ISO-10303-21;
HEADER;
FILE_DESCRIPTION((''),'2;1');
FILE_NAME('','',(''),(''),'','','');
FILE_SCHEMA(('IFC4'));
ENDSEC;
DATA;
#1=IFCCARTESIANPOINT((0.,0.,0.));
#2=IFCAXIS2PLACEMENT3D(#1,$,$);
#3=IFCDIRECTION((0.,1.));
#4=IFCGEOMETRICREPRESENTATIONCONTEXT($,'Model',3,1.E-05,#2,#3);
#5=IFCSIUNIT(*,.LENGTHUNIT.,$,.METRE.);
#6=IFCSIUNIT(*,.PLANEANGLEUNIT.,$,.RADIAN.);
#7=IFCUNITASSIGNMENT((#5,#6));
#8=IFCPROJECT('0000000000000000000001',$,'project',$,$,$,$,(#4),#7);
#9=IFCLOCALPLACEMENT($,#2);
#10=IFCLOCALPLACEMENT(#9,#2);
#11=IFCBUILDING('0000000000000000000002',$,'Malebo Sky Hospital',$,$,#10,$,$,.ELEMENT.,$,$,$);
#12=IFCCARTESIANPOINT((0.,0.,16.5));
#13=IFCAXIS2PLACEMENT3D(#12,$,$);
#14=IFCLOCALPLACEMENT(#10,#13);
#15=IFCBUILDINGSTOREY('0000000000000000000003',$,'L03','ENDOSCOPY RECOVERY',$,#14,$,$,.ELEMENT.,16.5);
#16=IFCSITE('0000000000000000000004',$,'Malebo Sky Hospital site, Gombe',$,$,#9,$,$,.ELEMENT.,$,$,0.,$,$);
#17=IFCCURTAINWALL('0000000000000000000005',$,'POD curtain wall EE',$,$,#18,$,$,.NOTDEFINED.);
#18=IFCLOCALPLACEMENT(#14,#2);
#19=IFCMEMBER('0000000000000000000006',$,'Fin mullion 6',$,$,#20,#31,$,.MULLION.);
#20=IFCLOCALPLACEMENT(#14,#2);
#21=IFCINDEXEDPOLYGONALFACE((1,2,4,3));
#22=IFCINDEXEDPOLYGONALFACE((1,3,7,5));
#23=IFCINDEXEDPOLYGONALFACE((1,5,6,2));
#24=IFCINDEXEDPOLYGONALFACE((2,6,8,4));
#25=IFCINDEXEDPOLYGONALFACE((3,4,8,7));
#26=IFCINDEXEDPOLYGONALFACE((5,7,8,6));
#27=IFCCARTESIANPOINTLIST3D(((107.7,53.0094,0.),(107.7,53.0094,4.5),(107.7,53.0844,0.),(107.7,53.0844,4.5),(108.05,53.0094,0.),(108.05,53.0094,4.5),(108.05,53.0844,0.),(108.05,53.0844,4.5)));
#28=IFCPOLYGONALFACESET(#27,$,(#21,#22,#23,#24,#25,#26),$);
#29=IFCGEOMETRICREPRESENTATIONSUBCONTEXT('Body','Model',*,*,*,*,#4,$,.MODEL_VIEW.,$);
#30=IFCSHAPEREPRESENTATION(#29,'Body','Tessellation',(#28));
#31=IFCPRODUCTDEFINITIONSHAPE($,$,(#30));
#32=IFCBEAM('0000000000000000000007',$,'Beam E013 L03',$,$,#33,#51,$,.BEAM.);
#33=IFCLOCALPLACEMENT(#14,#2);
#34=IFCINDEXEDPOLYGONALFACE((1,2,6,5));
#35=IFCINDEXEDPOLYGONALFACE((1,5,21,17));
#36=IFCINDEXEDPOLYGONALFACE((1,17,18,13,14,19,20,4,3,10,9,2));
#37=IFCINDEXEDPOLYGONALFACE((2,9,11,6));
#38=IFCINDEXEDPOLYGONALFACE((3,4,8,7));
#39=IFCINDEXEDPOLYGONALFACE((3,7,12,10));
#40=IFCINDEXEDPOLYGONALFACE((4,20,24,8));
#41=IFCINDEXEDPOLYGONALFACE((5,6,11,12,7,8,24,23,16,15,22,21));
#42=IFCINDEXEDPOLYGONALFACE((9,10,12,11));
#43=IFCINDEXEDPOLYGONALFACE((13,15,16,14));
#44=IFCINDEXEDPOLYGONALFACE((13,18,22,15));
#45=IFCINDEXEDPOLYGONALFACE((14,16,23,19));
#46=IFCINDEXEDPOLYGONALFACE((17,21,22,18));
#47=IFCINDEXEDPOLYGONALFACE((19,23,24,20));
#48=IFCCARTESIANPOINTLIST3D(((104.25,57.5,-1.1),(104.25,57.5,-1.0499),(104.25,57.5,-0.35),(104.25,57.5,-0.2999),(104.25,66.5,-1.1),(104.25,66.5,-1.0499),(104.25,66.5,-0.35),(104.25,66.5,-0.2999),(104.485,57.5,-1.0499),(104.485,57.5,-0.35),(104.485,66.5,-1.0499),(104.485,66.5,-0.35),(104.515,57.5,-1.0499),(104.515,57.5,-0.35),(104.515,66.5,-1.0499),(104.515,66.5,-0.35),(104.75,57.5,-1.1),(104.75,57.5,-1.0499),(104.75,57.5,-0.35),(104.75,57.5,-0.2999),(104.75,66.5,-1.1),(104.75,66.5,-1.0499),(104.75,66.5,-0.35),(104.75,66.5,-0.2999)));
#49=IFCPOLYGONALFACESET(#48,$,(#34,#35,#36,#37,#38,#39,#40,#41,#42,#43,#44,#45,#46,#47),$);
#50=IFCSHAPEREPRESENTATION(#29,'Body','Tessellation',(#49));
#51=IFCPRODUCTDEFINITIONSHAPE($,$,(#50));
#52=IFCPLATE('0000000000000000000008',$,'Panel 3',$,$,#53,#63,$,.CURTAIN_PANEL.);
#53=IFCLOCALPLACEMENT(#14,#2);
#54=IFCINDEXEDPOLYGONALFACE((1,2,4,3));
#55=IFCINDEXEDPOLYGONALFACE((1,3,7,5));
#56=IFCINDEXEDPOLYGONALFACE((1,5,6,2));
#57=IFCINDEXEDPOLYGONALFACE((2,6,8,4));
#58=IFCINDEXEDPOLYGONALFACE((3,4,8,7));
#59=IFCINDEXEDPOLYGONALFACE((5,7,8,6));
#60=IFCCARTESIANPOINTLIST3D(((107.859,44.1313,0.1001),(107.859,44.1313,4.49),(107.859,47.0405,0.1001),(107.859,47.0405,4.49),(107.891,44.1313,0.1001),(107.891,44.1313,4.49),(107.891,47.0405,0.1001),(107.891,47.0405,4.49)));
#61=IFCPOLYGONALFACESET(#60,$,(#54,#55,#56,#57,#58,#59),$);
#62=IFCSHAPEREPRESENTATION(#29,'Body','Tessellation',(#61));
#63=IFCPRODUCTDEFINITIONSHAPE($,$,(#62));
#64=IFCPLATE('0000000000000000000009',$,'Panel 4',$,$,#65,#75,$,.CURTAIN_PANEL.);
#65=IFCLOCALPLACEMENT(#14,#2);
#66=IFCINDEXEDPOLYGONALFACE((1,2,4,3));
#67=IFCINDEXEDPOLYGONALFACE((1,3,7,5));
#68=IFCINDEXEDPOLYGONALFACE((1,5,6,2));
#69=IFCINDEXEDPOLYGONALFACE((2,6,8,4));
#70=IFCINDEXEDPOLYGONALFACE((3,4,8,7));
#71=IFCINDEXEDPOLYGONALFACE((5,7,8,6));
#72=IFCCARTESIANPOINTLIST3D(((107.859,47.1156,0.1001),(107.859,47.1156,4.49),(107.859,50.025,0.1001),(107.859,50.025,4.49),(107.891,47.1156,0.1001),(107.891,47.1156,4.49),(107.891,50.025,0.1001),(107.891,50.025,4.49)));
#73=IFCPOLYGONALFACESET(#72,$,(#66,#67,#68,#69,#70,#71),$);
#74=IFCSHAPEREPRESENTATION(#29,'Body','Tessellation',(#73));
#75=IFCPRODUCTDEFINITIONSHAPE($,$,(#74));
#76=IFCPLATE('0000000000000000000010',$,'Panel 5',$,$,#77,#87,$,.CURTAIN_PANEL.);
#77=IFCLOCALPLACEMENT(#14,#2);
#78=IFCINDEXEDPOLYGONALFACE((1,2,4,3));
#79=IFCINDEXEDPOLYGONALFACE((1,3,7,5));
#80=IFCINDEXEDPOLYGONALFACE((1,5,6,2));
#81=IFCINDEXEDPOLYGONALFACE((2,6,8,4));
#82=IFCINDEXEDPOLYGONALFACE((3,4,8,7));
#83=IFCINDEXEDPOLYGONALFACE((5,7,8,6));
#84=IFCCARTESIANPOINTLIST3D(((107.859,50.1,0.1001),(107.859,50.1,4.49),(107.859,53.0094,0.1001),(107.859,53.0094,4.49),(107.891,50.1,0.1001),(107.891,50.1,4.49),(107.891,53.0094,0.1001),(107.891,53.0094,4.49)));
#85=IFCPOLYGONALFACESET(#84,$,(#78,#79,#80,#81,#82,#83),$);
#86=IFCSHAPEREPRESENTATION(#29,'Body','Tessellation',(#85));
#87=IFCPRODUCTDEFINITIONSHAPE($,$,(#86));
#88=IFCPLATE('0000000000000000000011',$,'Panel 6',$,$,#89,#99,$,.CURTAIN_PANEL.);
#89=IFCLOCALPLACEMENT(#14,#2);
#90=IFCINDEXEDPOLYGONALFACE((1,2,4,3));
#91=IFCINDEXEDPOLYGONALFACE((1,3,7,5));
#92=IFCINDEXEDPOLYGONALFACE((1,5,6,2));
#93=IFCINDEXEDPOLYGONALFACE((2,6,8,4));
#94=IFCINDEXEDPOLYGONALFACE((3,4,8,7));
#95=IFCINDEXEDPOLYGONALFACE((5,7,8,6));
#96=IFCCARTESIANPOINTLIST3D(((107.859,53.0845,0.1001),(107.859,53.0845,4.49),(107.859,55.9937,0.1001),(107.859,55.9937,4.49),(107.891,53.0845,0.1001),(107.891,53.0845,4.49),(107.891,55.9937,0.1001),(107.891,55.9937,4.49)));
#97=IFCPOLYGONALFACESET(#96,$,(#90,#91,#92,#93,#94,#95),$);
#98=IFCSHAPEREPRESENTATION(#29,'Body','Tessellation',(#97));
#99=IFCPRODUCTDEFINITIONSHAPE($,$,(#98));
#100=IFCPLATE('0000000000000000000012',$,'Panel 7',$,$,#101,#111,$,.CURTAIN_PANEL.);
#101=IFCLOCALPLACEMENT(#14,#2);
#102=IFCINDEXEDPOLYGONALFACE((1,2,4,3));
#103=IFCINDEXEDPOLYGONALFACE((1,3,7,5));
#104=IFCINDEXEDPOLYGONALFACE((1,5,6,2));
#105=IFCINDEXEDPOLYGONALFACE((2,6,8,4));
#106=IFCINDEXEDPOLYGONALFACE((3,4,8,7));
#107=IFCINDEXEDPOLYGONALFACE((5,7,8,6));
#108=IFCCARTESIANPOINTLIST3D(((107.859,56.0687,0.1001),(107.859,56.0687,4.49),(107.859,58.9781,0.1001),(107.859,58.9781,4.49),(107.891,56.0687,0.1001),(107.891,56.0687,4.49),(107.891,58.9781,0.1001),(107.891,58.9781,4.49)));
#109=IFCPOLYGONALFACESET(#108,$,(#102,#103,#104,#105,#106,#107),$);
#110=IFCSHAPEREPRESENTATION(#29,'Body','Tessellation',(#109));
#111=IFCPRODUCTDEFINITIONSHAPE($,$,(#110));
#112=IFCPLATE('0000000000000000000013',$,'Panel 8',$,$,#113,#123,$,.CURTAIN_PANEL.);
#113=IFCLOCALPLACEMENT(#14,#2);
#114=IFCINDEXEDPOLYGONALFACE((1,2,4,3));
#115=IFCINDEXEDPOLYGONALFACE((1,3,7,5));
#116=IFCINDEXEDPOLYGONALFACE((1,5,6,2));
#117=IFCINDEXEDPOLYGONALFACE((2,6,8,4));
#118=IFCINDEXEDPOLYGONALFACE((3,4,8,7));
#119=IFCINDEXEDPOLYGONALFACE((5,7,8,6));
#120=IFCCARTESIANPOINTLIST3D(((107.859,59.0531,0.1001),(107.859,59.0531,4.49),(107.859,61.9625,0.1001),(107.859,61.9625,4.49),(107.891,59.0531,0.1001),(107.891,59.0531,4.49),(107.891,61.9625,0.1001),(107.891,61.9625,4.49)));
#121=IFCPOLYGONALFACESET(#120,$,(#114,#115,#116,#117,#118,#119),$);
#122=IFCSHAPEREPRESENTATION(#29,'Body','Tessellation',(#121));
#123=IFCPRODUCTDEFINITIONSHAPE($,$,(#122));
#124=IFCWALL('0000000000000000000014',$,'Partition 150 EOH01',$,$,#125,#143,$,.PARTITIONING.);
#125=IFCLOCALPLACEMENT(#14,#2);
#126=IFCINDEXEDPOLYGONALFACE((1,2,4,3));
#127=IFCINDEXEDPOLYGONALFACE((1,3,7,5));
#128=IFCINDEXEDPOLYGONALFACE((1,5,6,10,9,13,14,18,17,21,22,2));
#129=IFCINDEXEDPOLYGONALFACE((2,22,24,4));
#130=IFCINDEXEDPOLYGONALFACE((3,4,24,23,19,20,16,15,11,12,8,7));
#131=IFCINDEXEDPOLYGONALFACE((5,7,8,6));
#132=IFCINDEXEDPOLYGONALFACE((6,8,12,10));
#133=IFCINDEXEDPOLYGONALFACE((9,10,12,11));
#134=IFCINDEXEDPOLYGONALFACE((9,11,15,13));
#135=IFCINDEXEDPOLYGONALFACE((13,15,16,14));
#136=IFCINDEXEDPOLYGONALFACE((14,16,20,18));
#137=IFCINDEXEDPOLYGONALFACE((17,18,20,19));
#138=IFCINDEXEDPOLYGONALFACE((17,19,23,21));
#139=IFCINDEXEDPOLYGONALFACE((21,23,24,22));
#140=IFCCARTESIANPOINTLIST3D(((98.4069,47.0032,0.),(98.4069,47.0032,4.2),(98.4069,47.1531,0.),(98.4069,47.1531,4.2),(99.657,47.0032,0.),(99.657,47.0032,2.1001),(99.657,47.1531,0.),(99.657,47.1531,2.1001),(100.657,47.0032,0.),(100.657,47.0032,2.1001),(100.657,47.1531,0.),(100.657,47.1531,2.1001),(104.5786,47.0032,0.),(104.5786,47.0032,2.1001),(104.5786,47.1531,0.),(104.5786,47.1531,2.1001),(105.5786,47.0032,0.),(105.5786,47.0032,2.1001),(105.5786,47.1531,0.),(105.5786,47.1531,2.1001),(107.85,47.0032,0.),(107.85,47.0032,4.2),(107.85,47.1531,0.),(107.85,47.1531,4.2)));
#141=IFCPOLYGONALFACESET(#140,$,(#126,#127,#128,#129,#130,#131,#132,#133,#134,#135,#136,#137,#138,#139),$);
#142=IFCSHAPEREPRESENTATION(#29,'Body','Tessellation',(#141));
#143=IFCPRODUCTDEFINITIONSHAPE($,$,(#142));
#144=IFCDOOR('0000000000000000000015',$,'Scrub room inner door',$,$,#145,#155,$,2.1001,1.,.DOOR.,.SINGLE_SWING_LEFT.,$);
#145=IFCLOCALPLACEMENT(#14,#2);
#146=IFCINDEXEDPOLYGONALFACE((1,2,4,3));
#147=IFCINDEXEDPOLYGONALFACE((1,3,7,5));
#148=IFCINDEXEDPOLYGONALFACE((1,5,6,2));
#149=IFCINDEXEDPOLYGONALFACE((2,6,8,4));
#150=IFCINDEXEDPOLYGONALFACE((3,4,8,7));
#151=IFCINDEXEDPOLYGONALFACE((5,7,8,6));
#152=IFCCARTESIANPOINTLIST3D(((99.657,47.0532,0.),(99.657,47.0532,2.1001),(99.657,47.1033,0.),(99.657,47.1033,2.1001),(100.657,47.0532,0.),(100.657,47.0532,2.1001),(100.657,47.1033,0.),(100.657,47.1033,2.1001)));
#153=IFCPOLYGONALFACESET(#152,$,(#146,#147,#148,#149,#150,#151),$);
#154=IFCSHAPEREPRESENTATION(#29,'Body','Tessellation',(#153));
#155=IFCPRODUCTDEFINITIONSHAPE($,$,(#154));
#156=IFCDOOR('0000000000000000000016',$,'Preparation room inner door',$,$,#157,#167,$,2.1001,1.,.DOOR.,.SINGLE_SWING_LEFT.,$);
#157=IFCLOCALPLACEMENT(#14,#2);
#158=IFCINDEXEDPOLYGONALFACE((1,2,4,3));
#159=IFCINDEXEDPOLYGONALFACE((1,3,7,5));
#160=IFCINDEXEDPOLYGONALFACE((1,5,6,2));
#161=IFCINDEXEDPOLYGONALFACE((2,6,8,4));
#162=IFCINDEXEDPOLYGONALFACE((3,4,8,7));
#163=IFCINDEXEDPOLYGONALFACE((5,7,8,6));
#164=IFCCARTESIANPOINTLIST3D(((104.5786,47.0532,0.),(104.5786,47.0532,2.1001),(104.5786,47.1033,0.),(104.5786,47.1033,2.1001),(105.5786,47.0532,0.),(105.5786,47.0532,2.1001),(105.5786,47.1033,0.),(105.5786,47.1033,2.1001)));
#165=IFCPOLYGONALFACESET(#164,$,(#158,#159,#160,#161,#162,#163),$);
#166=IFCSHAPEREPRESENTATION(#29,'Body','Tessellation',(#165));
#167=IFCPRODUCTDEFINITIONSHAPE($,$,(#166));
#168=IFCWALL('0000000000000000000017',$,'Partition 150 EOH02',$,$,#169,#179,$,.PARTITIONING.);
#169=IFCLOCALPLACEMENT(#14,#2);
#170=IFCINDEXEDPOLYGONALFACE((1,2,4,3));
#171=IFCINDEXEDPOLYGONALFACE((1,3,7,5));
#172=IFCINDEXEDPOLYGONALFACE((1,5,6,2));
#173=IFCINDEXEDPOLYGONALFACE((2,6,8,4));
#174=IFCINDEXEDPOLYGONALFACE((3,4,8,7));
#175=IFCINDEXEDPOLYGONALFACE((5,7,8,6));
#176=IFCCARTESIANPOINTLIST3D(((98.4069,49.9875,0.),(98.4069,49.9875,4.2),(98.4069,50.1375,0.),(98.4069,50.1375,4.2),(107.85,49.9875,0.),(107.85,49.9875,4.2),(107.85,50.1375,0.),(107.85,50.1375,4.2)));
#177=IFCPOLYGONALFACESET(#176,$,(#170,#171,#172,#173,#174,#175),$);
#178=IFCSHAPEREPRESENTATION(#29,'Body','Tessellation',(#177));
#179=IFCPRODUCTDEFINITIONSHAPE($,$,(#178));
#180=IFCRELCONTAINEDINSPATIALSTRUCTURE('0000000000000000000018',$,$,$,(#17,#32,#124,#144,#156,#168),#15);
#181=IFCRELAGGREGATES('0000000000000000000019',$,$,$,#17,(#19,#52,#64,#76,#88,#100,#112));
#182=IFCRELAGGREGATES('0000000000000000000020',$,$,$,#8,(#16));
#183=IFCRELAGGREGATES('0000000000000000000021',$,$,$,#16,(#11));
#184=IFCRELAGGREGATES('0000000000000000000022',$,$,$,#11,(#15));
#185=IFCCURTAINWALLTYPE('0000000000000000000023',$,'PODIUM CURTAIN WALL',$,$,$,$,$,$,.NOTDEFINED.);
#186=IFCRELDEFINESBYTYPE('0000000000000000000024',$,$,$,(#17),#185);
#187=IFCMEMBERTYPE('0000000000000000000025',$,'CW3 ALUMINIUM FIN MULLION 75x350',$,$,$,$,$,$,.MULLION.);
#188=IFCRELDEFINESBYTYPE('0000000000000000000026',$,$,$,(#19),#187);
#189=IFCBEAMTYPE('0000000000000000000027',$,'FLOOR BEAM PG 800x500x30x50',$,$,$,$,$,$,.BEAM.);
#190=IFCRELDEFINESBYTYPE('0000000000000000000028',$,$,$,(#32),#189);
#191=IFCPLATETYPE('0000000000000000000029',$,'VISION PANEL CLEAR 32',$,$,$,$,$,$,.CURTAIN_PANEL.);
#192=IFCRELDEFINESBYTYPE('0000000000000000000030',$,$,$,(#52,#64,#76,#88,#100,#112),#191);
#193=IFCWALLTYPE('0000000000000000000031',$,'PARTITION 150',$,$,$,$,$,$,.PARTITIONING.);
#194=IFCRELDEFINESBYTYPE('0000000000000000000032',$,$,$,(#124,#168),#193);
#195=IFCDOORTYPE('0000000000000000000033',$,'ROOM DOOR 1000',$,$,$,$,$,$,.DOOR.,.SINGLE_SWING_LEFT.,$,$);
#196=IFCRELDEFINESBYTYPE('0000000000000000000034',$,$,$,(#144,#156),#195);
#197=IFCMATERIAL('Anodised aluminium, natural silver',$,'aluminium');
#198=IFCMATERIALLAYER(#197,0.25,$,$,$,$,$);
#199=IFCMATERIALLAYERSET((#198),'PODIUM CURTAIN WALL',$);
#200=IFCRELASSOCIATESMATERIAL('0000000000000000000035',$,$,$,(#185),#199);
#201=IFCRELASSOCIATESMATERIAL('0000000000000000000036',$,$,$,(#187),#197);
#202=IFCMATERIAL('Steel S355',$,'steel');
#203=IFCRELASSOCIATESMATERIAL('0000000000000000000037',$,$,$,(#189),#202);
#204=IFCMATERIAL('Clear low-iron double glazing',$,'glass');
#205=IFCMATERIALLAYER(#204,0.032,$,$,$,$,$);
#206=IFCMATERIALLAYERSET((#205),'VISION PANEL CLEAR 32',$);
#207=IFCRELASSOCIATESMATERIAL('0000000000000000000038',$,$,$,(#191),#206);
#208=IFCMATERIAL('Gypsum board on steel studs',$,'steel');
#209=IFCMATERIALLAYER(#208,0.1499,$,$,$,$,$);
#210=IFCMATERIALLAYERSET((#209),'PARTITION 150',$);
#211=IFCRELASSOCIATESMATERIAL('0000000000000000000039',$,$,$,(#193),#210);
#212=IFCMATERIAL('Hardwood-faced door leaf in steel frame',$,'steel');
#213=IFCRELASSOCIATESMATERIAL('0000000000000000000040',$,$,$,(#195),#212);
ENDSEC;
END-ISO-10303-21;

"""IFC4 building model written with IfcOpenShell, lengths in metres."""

from ifc_helpers import new_model, si_unit, direction, frame, frame_2d, origin, origin_2d, place, context, subcontext, project, spatial, rectangle, i_section, extrude, material, layer, layer_set, material_profile, profile_set, type_object, element, fill, aggregate, save


model = new_model("IFC4")

# Units and contexts
model_context = context("Model", 3, precision=1e-05, world=origin(), true_north=direction((0.0, 1.0)))
body_context = subcontext(model_context, "Body", "Model", "MODEL_VIEW")
ifc_project = project(units=[si_unit("LENGTHUNIT", "METRE"), si_unit("PLANEANGLEUNIT", "RADIAN")], contexts=[model_context])

# Site, building, storey
site_placement = place(None, origin())
site = spatial("IfcSite", under=ifc_project, at=site_placement, Name="Malebo Sky Hospital site, Gombe", CompositionType="ELEMENT", RefElevation=0.0)
building_placement = place(site_placement, origin())
building = spatial("IfcBuilding", under=site, at=building_placement, Name="Malebo Sky Hospital", CompositionType="ELEMENT")
storey_placement = place(building_placement, frame((0.0, 0.0, 16.5)))
storey = spatial("IfcBuildingStorey", under=building, at=storey_placement, Name="L03", Description="ENDOSCOPY RECOVERY", CompositionType="ELEMENT", Elevation=16.5)

# Shared definitions
ifc_material_1 = material(Name="Steel S355", Category="steel")

# Curtain wall, member
ifc_material_2 = material(Name="Anodised aluminium, natural silver", Category="aluminium")
ifc_layer_1 = layer(ifc_material_2, 0.25)
ifc_layer_set_1 = layer_set([ifc_layer_1], Name="PODIUM CURTAIN WALL")
curtain_wall_type = type_object("IfcCurtainWallType", Name="PODIUM CURTAIN WALL", PredefinedType="NOTDEFINED", material=ifc_layer_set_1)
curtain_wall_placement = place(storey_placement, origin())
curtain_wall = element("IfcCurtainWall", 1, at=curtain_wall_placement, inside=storey, type_object=curtain_wall_type, Name="POD curtain wall EE", PredefinedType="NOTDEFINED")
ifc_material_profile_1 = material_profile(ifc_material_2, rectangle(XDim=0.075, YDim=0.3501, at=origin_2d()), Name="CW3 ALUMINIUM FIN MULLION 75x350")
ifc_profile_set_1 = profile_set([ifc_material_profile_1], Name="Anodised aluminium, natural silver")
member_type_1 = type_object("IfcMemberType", Name="CW3 ALUMINIUM FIN MULLION 75x350", PredefinedType="MULLION", material=ifc_profile_set_1)
member_1_placement = place(storey_placement, frame((107.875, 53.0469, 0.0), z_axis=(0.0, 0.0, 1.0), x_axis=(0.0, 1.0, 0.0)))
member_1 = element("IfcMember", 2, at=member_1_placement, type_object=member_type_1, Name="Fin mullion 6", PredefinedType="MULLION", context=body_context, shape_type="SweptSolid", body=[
    extrude(rectangle(XDim=0.075, YDim=0.3501, at=origin_2d()), origin(), (0.0, 0.0, 1.0), 4.5),
])

# Beam
ifc_material_profile_2 = material_profile(ifc_material_1, i_section(OverallWidth=0.5, OverallDepth=0.8, WebThickness=0.03, FlangeThickness=0.05, at=origin_2d()), Name="PG 800x500x30x50")
ifc_profile_set_2 = profile_set([ifc_material_profile_2], Name="Steel S355")
beam_type = type_object("IfcBeamType", Name="FLOOR BEAM PG 800x500x30x50", PredefinedType="BEAM", material=ifc_profile_set_2)
beam_placement = place(storey_placement, frame((104.5, 57.5, -0.7), z_axis=(0.0, 1.0, 0.0), x_axis=(-1.0, 0.0, 0.0)))
element("IfcBeam", 3, at=beam_placement, inside=storey, type_object=beam_type, Name="Beam E013 L03", PredefinedType="BEAM", context=body_context, shape_type="SweptSolid", body=[
    extrude(i_section(OverallWidth=0.5, OverallDepth=0.8, WebThickness=0.03, FlangeThickness=0.05, at=origin_2d()), origin(), (0.0, 0.0, 1.0), 9.0),
])

# Plates
ifc_material_3 = material(Name="Clear low-iron double glazing", Category="glass")
ifc_layer_2 = layer(ifc_material_3, 0.032)
ifc_layer_set_2 = layer_set([ifc_layer_2], Name="VISION PANEL CLEAR 32")
plate_type = type_object("IfcPlateType", Name="VISION PANEL CLEAR 32", PredefinedType="CURTAIN_PANEL", material=ifc_layer_set_2)
plate_1_placement = place(storey_placement, frame((107.875, 45.5859, 0.1001), z_axis=(0.0, 0.0, 1.0), x_axis=(0.0, 1.0, 0.0)))
plate_1 = element("IfcPlate", 4, at=plate_1_placement, type_object=plate_type, Name="Panel 3", PredefinedType="CURTAIN_PANEL", context=body_context, shape_type="SweptSolid", body=[
    extrude(rectangle(XDim=2.9092, YDim=0.032, at=origin_2d()), origin(), (0.0, 0.0, 1.0), 4.3899),
])
plate_2_placement = place(storey_placement, frame((107.875, 48.5703, 0.1001), z_axis=(0.0, 0.0, 1.0), x_axis=(0.0, 1.0, 0.0)))
plate_2 = element("IfcPlate", 5, at=plate_2_placement, type_object=plate_type, Name="Panel 4", PredefinedType="CURTAIN_PANEL", context=body_context, shape_type="SweptSolid", body=[
    extrude(rectangle(XDim=2.9094, YDim=0.032, at=origin_2d()), origin(), (0.0, 0.0, 1.0), 4.3899),
])
plate_3_placement = place(storey_placement, frame((107.875, 51.5547, 0.1001), z_axis=(0.0, 0.0, 1.0), x_axis=(0.0, 1.0, 0.0)))
plate_3 = element("IfcPlate", 6, at=plate_3_placement, type_object=plate_type, Name="Panel 5", PredefinedType="CURTAIN_PANEL", context=body_context, shape_type="SweptSolid", body=[
    extrude(rectangle(XDim=2.9094, YDim=0.032, at=origin_2d()), origin(), (0.0, 0.0, 1.0), 4.3899),
])
plate_4_placement = place(storey_placement, frame((107.875, 54.5391, 0.1001), z_axis=(0.0, 0.0, 1.0), x_axis=(0.0, 1.0, 0.0)))
plate_4 = element("IfcPlate", 7, at=plate_4_placement, type_object=plate_type, Name="Panel 6", PredefinedType="CURTAIN_PANEL", context=body_context, shape_type="SweptSolid", body=[
    extrude(rectangle(XDim=2.9092, YDim=0.032, at=origin_2d()), origin(), (0.0, 0.0, 1.0), 4.3899),
])
plate_5_placement = place(storey_placement, frame((107.875, 57.5234, 0.1001), z_axis=(0.0, 0.0, 1.0), x_axis=(0.0, 1.0, 0.0)))
plate_5 = element("IfcPlate", 8, at=plate_5_placement, type_object=plate_type, Name="Panel 7", PredefinedType="CURTAIN_PANEL", context=body_context, shape_type="SweptSolid", body=[
    extrude(rectangle(XDim=2.9094, YDim=0.032, at=origin_2d()), origin(), (0.0, 0.0, 1.0), 4.3899),
])
plate_6_placement = place(storey_placement, frame((107.875, 60.5078, 0.1001), z_axis=(0.0, 0.0, 1.0), x_axis=(0.0, 1.0, 0.0)))
plate_6 = element("IfcPlate", 9, at=plate_6_placement, type_object=plate_type, Name="Panel 8", PredefinedType="CURTAIN_PANEL", context=body_context, shape_type="SweptSolid", body=[
    extrude(rectangle(XDim=2.9094, YDim=0.032, at=origin_2d()), origin(), (0.0, 0.0, 1.0), 4.3899),
])
aggregate(curtain_wall, [member_1, plate_1, plate_2, plate_3, plate_4, plate_5, plate_6])

# Wall, openings, doors
ifc_material_4 = material(Name="Gypsum board on steel studs", Category="steel")
ifc_layer_3 = layer(ifc_material_4, 0.1499)
ifc_layer_set_3 = layer_set([ifc_layer_3], Name="PARTITION 150")
wall_type_1 = type_object("IfcWallType", Name="PARTITION 150", PredefinedType="PARTITIONING", material=ifc_layer_set_3)
wall_1_placement = place(storey_placement, frame((107.8501, 47.0781, 0.0), z_axis=(0.0, 0.0, 1.0), x_axis=(-1.0, 0.0, 0.0)))
wall_1 = element("IfcWall", 10, at=wall_1_placement, inside=storey, type_object=wall_type_1, Name="Partition 150 EOH01", PredefinedType="PARTITIONING", context=body_context, shape_type="SweptSolid", body=[
    extrude(rectangle(XDim=9.4431, YDim=0.1499, at=frame_2d((4.7217, 0.0))), origin(), (0.0, 0.0, 1.0), 4.2),
])
opening_1_placement = place(wall_1_placement, frame((7.1931, 0.0, 0.0)))
opening_1 = element("IfcOpeningElement", 11, at=opening_1_placement, cuts=wall_1, PredefinedType="OPENING", context=body_context, shape_type="SweptSolid", body=[
    extrude(rectangle(XDim=1.0, YDim=2.1001, at=frame_2d((0.5, 1.05))), frame((0.0, 0.085, 0.0), z_axis=(0.0, -1.0, 0.0), x_axis=(1.0, 0.0, 0.0)), (0.0, 0.0, 1.0), 0.1699),
])
opening_2_placement = place(wall_1_placement, frame((2.2715, 0.0, 0.0)))
opening_2 = element("IfcOpeningElement", 12, at=opening_2_placement, cuts=wall_1, PredefinedType="OPENING", context=body_context, shape_type="SweptSolid", body=[
    extrude(rectangle(XDim=1.0, YDim=2.1001, at=frame_2d((0.5, 1.05))), frame((0.0, 0.085, 0.0), z_axis=(0.0, -1.0, 0.0), x_axis=(1.0, 0.0, 0.0)), (0.0, 0.0, 1.0), 0.1699),
])
ifc_material_5 = material(Name="Hardwood-faced door leaf in steel frame", Category="steel")
door_type = type_object("IfcDoorType", Name="ROOM DOOR 1000", OperationType="SINGLE_SWING_LEFT", PredefinedType="DOOR", material=ifc_material_5)
door_1_placement = place(opening_1_placement, origin())
door_1 = element("IfcDoor", 13, at=door_1_placement, inside=storey, type_object=door_type, Name="Scrub room inner door", OperationType="SINGLE_SWING_LEFT", OverallHeight=2.1001, OverallWidth=1.0, PredefinedType="DOOR", context=body_context, shape_type="SweptSolid", body=[
    extrude(rectangle(XDim=1.0, YDim=2.1001, at=frame_2d((0.5, 1.05))), frame((0.0, 0.0249, 0.0), z_axis=(0.0, -1.0, 0.0), x_axis=(1.0, 0.0, 0.0)), (0.0, 0.0, 1.0), 0.05),
])
fill(opening_1, door_1)
door_2_placement = place(opening_2_placement, origin())
door_2 = element("IfcDoor", 14, at=door_2_placement, inside=storey, type_object=door_type, Name="Preparation room inner door", OperationType="SINGLE_SWING_LEFT", OverallHeight=2.1001, OverallWidth=1.0, PredefinedType="DOOR", context=body_context, shape_type="SweptSolid", body=[
    extrude(rectangle(XDim=1.0, YDim=2.1001, at=frame_2d((0.5, 1.05))), frame((0.0, 0.0249, 0.0), z_axis=(0.0, -1.0, 0.0), x_axis=(1.0, 0.0, 0.0)), (0.0, 0.0, 1.0), 0.05),
])
fill(opening_2, door_2)

# Wall
wall_2_placement = place(storey_placement, frame((107.8501, 50.0625, 0.0), z_axis=(0.0, 0.0, 1.0), x_axis=(-1.0, 0.0, 0.0)))
element("IfcWall", 15, at=wall_2_placement, inside=storey, type_object=wall_type_1, Name="Partition 150 EOH02", PredefinedType="PARTITIONING", context=body_context, shape_type="SweptSolid", body=[
    extrude(rectangle(XDim=9.4431, YDim=0.1499, at=frame_2d((4.7217, 0.0))), origin(), (0.0, 0.0, 1.0), 4.2),
])

save(model, "model.ifc")
